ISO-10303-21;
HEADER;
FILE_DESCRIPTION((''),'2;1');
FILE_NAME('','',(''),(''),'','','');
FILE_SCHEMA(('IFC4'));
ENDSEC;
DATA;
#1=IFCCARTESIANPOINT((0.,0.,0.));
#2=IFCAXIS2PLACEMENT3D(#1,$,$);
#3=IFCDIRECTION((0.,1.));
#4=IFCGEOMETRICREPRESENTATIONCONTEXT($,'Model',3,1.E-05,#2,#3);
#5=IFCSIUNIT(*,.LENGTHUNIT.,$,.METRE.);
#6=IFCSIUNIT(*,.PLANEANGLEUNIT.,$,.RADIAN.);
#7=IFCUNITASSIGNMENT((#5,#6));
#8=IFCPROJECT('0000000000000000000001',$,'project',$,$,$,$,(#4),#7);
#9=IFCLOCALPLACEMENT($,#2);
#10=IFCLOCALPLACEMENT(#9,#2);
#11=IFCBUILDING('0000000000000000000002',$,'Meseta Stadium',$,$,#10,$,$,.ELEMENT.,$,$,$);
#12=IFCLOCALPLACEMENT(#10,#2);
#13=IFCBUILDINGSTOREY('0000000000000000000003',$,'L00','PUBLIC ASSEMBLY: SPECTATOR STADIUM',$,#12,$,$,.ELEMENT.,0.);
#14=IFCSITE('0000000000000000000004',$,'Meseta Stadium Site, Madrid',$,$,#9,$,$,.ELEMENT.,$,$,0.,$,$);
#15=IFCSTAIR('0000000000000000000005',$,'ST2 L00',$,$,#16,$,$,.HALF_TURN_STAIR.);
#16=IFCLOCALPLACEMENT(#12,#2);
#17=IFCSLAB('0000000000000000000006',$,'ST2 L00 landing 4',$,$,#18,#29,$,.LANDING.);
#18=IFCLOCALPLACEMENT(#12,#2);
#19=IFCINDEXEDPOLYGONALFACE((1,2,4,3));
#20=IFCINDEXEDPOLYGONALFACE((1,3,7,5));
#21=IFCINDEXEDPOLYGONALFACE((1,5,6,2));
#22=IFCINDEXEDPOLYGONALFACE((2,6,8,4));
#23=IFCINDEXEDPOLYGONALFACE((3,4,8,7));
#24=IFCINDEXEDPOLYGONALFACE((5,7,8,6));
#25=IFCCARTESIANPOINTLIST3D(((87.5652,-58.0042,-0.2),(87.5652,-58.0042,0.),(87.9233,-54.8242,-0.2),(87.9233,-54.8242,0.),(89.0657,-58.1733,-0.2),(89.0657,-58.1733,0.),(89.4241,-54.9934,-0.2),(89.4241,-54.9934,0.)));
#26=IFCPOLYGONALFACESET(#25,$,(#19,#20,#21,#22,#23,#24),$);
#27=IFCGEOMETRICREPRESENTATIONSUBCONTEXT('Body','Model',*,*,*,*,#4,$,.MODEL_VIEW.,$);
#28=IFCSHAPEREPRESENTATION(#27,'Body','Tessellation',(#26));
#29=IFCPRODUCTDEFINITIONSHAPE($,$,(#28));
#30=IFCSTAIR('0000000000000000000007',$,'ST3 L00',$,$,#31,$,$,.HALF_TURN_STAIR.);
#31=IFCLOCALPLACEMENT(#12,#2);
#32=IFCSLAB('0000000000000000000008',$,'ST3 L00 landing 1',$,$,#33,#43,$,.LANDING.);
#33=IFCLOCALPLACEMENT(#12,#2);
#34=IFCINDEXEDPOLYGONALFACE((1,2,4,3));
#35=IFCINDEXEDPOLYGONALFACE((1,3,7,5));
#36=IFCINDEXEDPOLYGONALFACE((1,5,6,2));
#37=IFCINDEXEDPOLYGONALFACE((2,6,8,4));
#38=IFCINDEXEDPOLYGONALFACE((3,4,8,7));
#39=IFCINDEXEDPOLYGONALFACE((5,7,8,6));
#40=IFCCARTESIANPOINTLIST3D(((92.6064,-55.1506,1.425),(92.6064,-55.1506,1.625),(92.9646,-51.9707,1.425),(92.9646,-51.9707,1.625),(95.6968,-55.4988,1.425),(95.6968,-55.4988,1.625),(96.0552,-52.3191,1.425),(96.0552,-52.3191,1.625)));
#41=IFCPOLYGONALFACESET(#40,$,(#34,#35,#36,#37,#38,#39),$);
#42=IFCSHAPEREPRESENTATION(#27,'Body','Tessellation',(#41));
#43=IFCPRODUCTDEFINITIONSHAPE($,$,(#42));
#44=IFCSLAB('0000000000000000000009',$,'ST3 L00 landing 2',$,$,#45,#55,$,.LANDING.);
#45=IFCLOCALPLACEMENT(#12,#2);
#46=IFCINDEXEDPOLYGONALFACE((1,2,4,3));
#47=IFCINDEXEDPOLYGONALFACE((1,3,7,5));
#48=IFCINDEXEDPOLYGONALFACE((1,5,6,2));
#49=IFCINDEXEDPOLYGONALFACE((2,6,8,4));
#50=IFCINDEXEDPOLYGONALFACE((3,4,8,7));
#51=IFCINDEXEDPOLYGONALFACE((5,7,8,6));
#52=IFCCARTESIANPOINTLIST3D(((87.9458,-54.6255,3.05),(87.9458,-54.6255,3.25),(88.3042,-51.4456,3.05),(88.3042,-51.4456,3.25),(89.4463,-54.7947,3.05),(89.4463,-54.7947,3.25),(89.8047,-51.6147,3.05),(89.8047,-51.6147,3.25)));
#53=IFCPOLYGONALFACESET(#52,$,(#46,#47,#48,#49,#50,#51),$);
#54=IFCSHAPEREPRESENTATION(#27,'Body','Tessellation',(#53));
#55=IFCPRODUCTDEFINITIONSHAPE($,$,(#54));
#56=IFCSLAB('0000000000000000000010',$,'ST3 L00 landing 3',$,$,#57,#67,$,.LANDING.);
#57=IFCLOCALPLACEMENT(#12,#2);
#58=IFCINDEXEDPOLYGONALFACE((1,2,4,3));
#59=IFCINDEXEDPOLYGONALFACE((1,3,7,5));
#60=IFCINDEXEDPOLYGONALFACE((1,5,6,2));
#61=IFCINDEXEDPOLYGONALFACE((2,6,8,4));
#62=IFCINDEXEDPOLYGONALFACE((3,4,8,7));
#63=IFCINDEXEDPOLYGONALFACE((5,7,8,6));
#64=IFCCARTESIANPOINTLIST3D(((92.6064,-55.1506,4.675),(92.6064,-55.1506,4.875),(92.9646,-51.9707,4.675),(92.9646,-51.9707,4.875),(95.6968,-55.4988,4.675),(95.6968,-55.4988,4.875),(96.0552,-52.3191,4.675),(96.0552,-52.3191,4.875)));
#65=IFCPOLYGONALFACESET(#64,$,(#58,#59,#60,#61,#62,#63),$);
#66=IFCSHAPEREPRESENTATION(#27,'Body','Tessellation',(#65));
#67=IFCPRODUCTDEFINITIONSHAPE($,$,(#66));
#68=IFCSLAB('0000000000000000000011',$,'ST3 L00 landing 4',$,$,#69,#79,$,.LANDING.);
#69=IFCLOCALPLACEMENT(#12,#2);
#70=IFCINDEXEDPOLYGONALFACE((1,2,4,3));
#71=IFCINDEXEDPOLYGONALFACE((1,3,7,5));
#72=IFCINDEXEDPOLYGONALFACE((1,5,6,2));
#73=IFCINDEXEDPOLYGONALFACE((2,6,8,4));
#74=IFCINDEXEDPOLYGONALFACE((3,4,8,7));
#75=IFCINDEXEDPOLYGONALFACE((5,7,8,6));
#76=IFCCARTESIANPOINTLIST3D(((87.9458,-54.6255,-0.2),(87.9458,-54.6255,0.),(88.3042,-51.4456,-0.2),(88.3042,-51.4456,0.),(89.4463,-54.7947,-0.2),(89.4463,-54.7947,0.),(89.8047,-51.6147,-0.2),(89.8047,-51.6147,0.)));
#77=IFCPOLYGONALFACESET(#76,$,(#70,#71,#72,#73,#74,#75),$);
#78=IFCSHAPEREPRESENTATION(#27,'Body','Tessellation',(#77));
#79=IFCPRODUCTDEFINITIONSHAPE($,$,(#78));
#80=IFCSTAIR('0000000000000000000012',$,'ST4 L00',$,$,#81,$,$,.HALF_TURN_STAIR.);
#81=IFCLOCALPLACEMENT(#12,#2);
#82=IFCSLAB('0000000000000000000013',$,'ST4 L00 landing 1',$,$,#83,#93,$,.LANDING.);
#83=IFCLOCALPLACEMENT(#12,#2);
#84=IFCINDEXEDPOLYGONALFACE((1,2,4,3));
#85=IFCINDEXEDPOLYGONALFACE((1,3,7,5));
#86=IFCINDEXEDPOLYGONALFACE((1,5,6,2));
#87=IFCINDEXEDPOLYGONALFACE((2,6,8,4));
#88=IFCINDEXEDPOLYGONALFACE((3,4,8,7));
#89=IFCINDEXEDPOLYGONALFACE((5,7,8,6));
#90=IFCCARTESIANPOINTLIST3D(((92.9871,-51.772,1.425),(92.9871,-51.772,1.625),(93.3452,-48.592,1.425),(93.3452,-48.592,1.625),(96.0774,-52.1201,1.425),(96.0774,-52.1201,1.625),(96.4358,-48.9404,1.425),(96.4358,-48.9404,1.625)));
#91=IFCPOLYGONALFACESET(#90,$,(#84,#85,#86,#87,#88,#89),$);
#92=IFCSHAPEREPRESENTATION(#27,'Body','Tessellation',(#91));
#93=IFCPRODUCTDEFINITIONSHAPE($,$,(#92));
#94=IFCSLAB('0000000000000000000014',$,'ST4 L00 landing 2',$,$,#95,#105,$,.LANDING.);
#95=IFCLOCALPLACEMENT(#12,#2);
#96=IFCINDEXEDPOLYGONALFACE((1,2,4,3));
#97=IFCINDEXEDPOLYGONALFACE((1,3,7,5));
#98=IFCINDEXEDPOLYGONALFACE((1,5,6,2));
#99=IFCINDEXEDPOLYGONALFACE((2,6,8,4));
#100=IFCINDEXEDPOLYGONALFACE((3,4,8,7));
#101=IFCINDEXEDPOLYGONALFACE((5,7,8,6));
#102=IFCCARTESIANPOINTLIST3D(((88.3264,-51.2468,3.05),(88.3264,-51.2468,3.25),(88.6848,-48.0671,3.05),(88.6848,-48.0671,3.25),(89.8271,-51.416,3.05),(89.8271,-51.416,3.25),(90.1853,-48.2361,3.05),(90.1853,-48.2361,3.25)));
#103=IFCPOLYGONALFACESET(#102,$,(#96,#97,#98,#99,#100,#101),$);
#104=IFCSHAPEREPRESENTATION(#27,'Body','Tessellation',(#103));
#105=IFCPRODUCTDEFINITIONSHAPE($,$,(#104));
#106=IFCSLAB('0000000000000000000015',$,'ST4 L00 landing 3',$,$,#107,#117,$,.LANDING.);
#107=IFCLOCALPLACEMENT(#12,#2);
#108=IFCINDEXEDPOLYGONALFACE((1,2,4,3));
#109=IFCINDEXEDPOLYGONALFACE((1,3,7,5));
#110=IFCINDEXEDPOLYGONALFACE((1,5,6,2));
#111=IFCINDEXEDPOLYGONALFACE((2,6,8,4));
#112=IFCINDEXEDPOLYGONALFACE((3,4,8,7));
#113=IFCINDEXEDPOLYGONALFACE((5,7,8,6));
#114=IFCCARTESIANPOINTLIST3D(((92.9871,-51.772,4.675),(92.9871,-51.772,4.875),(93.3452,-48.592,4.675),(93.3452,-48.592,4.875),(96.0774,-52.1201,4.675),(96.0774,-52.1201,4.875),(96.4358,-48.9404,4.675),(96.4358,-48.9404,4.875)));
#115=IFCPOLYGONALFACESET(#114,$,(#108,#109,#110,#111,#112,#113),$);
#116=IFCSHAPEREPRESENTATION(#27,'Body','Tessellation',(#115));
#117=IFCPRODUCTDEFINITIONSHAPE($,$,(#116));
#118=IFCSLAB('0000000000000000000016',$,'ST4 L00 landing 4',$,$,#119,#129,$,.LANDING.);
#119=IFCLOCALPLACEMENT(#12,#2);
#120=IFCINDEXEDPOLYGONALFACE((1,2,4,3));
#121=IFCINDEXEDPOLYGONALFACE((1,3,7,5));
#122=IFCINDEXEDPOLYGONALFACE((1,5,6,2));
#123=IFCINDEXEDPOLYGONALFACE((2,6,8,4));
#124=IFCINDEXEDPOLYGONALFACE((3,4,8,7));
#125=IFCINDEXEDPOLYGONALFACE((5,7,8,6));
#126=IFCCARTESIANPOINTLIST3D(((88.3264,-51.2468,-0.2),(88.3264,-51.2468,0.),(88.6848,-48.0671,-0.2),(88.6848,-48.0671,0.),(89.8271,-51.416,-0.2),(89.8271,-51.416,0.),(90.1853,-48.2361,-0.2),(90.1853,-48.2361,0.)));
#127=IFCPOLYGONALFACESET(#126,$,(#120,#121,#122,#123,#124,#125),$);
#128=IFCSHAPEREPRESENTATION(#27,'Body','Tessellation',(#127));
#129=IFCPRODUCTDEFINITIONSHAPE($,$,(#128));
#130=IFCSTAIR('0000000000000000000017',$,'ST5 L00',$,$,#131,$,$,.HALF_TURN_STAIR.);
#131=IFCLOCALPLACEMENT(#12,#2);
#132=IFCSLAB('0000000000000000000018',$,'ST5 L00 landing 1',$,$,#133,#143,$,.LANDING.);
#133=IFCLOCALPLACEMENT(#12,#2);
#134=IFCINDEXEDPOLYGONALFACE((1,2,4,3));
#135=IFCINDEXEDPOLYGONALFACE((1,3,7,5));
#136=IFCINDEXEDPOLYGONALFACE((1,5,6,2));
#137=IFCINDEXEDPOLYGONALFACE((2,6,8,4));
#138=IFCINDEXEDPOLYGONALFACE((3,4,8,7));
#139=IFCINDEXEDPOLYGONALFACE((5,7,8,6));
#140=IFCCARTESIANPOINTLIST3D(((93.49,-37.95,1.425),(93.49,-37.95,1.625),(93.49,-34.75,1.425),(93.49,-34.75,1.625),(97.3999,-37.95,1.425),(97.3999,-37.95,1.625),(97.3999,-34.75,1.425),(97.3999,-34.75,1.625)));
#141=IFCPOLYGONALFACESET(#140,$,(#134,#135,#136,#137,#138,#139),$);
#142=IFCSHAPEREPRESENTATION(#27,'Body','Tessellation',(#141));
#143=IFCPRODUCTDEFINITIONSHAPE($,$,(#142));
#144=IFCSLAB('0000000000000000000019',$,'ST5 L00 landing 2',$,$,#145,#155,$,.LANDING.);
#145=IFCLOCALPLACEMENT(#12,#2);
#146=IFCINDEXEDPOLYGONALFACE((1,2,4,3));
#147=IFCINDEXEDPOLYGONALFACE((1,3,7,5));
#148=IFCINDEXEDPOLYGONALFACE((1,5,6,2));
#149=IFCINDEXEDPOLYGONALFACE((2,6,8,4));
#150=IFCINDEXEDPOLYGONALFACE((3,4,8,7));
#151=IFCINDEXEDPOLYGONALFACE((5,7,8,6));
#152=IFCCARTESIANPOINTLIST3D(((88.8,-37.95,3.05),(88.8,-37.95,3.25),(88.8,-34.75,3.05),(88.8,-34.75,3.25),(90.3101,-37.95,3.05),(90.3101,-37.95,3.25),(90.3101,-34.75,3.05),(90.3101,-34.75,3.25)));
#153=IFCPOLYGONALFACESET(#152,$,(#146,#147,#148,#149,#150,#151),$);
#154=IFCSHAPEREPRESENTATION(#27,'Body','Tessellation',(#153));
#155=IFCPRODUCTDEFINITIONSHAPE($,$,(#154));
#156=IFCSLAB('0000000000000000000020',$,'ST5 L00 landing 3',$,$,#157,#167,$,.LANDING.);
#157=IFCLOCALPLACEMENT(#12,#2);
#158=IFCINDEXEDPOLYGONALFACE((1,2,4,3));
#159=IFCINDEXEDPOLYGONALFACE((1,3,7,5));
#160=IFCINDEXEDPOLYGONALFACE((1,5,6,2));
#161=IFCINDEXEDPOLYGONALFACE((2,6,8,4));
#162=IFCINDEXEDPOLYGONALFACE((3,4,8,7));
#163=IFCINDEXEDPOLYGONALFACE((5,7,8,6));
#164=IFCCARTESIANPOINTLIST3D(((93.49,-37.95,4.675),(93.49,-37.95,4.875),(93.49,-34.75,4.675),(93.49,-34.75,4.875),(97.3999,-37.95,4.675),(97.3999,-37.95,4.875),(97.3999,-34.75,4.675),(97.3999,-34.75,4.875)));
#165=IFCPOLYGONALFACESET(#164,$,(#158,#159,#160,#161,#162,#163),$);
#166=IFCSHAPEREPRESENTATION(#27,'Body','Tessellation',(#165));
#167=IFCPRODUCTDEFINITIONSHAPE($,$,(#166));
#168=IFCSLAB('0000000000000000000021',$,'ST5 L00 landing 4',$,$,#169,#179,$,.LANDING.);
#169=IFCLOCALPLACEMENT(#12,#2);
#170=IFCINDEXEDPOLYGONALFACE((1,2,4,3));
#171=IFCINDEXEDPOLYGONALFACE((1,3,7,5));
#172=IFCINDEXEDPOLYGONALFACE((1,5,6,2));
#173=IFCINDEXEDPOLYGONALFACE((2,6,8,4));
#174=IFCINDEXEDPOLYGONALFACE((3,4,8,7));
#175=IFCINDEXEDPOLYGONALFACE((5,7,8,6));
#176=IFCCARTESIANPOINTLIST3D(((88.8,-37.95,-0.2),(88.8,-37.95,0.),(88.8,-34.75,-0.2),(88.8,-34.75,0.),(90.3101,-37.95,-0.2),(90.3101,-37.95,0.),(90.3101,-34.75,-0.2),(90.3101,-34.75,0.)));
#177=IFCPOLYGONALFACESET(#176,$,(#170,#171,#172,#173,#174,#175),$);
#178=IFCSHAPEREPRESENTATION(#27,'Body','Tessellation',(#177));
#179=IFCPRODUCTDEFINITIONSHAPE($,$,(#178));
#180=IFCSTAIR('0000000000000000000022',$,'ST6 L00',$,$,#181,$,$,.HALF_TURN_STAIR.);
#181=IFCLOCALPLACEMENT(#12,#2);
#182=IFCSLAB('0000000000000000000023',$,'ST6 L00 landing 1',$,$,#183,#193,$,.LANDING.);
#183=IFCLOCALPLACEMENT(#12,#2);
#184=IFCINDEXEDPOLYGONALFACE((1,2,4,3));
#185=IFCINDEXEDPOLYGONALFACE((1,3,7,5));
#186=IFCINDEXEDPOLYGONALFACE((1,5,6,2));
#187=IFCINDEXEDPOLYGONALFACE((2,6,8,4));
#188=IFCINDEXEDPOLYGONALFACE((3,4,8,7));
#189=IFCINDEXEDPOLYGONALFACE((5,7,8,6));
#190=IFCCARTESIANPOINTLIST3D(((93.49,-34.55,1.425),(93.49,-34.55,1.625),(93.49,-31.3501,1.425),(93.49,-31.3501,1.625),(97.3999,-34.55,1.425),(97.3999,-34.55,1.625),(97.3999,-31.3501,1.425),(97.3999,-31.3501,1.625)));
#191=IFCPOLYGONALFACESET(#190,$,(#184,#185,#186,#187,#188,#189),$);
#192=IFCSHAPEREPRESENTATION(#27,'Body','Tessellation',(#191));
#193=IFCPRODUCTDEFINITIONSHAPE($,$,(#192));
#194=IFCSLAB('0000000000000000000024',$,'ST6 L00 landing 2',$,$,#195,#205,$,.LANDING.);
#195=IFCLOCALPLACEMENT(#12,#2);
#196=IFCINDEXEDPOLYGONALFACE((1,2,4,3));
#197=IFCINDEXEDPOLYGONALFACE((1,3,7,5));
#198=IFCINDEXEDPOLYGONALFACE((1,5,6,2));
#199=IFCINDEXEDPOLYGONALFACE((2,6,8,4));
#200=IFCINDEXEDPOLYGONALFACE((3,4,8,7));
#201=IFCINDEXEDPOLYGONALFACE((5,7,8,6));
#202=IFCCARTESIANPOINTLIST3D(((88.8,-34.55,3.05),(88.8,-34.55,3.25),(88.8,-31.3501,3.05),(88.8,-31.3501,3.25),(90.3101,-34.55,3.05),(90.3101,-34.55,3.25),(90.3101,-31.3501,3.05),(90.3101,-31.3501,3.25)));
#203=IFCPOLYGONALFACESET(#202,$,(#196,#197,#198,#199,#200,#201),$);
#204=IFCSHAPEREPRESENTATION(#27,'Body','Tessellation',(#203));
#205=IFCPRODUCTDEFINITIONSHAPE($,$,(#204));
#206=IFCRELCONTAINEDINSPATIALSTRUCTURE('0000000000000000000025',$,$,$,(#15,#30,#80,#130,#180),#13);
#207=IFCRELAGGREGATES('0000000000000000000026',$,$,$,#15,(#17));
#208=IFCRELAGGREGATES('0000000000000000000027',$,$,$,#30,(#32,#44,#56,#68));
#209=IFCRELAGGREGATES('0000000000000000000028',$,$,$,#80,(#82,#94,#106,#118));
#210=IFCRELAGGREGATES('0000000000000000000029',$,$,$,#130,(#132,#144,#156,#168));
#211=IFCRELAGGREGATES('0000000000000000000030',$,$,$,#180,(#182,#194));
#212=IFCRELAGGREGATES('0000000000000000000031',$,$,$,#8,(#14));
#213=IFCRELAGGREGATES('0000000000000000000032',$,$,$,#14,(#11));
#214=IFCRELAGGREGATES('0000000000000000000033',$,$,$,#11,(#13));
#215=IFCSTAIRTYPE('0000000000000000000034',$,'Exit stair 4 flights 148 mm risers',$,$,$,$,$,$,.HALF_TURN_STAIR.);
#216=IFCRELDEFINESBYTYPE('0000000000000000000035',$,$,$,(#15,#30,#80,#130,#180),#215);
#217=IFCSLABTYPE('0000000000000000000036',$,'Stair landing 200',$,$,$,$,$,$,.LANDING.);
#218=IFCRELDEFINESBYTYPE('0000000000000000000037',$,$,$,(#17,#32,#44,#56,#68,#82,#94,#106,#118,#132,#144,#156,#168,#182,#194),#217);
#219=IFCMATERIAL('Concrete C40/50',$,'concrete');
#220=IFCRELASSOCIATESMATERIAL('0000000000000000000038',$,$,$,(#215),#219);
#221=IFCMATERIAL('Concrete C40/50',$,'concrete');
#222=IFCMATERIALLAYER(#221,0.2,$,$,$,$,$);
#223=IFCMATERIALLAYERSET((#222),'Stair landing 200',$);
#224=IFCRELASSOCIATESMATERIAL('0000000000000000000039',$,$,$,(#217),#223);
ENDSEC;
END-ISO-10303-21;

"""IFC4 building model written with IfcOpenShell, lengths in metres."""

from ifc_helpers import new_model, si_unit, direction, frame, origin, place, context, subcontext, project, spatial, polyline, outline, extrude, material, layer, layer_set, type_object, element, aggregate, save


model = new_model("IFC4")

# Units and contexts
model_context = context("Model", 3, precision=1e-05, world=origin(), true_north=direction((0.0, 1.0)))
body_context = subcontext(model_context, "Body", "Model", "MODEL_VIEW")
ifc_project = project(units=[si_unit("LENGTHUNIT", "METRE"), si_unit("PLANEANGLEUNIT", "RADIAN")], contexts=[model_context])

# Site, building, storey
site_placement = place(None, origin())
site = spatial("IfcSite", under=ifc_project, at=site_placement, Name="Meseta Stadium Site, Madrid", CompositionType="ELEMENT", RefElevation=0.0)
building_placement = place(site_placement, origin())
building = spatial("IfcBuilding", under=site, at=building_placement, Name="Meseta Stadium", CompositionType="ELEMENT")
storey_placement = place(building_placement, origin())
storey = spatial("IfcBuildingStorey", under=building, at=storey_placement, Name="L00", Description="PUBLIC ASSEMBLY: SPECTATOR STADIUM", CompositionType="ELEMENT", Elevation=0.0)

# Stair, slab
ifc_material_1 = material(Name="Concrete C40/50", Category="concrete")
stair_type = type_object("IfcStairType", Name="Exit stair 4 flights 148 mm risers", PredefinedType="HALF_TURN_STAIR", material=ifc_material_1)
stair_1_placement = place(storey_placement, origin())
stair_1 = element("IfcStair", 1, at=stair_1_placement, inside=storey, type_object=stair_type, Name="ST2 L00", PredefinedType="HALF_TURN_STAIR")
ifc_material_2 = material(Name="Concrete C40/50", Category="concrete")
ifc_layer = layer(ifc_material_2, 0.2)
ifc_layer_set = layer_set([ifc_layer], Name="Stair landing 200")
slab_type = type_object("IfcSlabType", Name="Stair landing 200", PredefinedType="LANDING", material=ifc_layer_set)
slab_1_placement = place(storey_placement, frame((0.0, 0.0, -0.2)))
slab_1 = element("IfcSlab", 2, at=slab_1_placement, type_object=slab_type, Name="ST2 L00 landing 4", PredefinedType="LANDING", context=body_context, shape_type="SweptSolid", body=[
    extrude(outline(polyline([(87.5652, -58.0042), (89.0657, -58.1733), (89.4241, -54.9934), (87.9233, -54.8242), (87.5652, -58.0042)])), origin(), (0.0, 0.0, 1.0), 0.2),
])
aggregate(stair_1, [slab_1])

# Stairs, slabs
stair_2_placement = place(storey_placement, origin())
stair_2 = element("IfcStair", 3, at=stair_2_placement, inside=storey, type_object=stair_type, Name="ST3 L00", PredefinedType="HALF_TURN_STAIR")
slab_2_placement = place(storey_placement, frame((0.0, 0.0, 1.425)))
slab_2 = element("IfcSlab", 4, at=slab_2_placement, type_object=slab_type, Name="ST3 L00 landing 1", PredefinedType="LANDING", context=body_context, shape_type="SweptSolid", body=[
    extrude(outline(polyline([(92.6064, -55.1506), (95.6968, -55.4988), (96.0552, -52.3191), (92.9646, -51.9707), (92.6064, -55.1506)])), origin(), (0.0, 0.0, 1.0), 0.2),
])
slab_3_placement = place(storey_placement, frame((0.0, 0.0, 3.05)))
slab_3 = element("IfcSlab", 5, at=slab_3_placement, type_object=slab_type, Name="ST3 L00 landing 2", PredefinedType="LANDING", context=body_context, shape_type="SweptSolid", body=[
    extrude(outline(polyline([(87.9458, -54.6255), (89.4463, -54.7947), (89.8047, -51.6147), (88.3042, -51.4456), (87.9458, -54.6255)])), origin(), (0.0, 0.0, 1.0), 0.2),
])
slab_4_placement = place(storey_placement, frame((0.0, 0.0, 4.675)))
slab_4 = element("IfcSlab", 6, at=slab_4_placement, type_object=slab_type, Name="ST3 L00 landing 3", PredefinedType="LANDING", context=body_context, shape_type="SweptSolid", body=[
    extrude(outline(polyline([(92.6064, -55.1506), (95.6968, -55.4988), (96.0552, -52.3191), (92.9646, -51.9707), (92.6064, -55.1506)])), origin(), (0.0, 0.0, 1.0), 0.2),
])
slab_5_placement = place(storey_placement, frame((0.0, 0.0, -0.2)))
slab_5 = element("IfcSlab", 7, at=slab_5_placement, type_object=slab_type, Name="ST3 L00 landing 4", PredefinedType="LANDING", context=body_context, shape_type="SweptSolid", body=[
    extrude(outline(polyline([(87.9458, -54.6255), (89.4463, -54.7947), (89.8047, -51.6147), (88.3042, -51.4456), (87.9458, -54.6255)])), origin(), (0.0, 0.0, 1.0), 0.2),
])
aggregate(stair_2, [slab_2, slab_3, slab_4, slab_5])
stair_3_placement = place(storey_placement, origin())
stair_3 = element("IfcStair", 8, at=stair_3_placement, inside=storey, type_object=stair_type, Name="ST4 L00", PredefinedType="HALF_TURN_STAIR")
slab_6_placement = place(storey_placement, frame((0.0, 0.0, 1.425)))
slab_6 = element("IfcSlab", 9, at=slab_6_placement, type_object=slab_type, Name="ST4 L00 landing 1", PredefinedType="LANDING", context=body_context, shape_type="SweptSolid", body=[
    extrude(outline(polyline([(92.9871, -51.772), (96.0774, -52.1201), (96.4358, -48.9404), (93.3452, -48.592), (92.9871, -51.772)])), origin(), (0.0, 0.0, 1.0), 0.2),
])
slab_7_placement = place(storey_placement, frame((0.0, 0.0, 3.05)))
slab_7 = element("IfcSlab", 10, at=slab_7_placement, type_object=slab_type, Name="ST4 L00 landing 2", PredefinedType="LANDING", context=body_context, shape_type="SweptSolid", body=[
    extrude(outline(polyline([(88.3264, -51.2468), (89.8271, -51.416), (90.1853, -48.2361), (88.6848, -48.0671), (88.3264, -51.2468)])), origin(), (0.0, 0.0, 1.0), 0.2),
])
slab_8_placement = place(storey_placement, frame((0.0, 0.0, 4.675)))
slab_8 = element("IfcSlab", 11, at=slab_8_placement, type_object=slab_type, Name="ST4 L00 landing 3", PredefinedType="LANDING", context=body_context, shape_type="SweptSolid", body=[
    extrude(outline(polyline([(92.9871, -51.772), (96.0774, -52.1201), (96.4358, -48.9404), (93.3452, -48.592), (92.9871, -51.772)])), origin(), (0.0, 0.0, 1.0), 0.2),
])
slab_9_placement = place(storey_placement, frame((0.0, 0.0, -0.2)))
slab_9 = element("IfcSlab", 12, at=slab_9_placement, type_object=slab_type, Name="ST4 L00 landing 4", PredefinedType="LANDING", context=body_context, shape_type="SweptSolid", body=[
    extrude(outline(polyline([(88.3264, -51.2468), (89.8271, -51.416), (90.1853, -48.2361), (88.6848, -48.0671), (88.3264, -51.2468)])), origin(), (0.0, 0.0, 1.0), 0.2),
])
aggregate(stair_3, [slab_6, slab_7, slab_8, slab_9])
stair_4_placement = place(storey_placement, origin())
stair_4 = element("IfcStair", 13, at=stair_4_placement, inside=storey, type_object=stair_type, Name="ST5 L00", PredefinedType="HALF_TURN_STAIR")
slab_10_placement = place(storey_placement, frame((0.0, 0.0, 1.425)))
slab_10 = element("IfcSlab", 14, at=slab_10_placement, type_object=slab_type, Name="ST5 L00 landing 1", PredefinedType="LANDING", context=body_context, shape_type="SweptSolid", body=[
    extrude(outline(polyline([(93.49, -37.95), (97.3999, -37.95), (97.3999, -34.75), (93.49, -34.75), (93.49, -37.95)])), origin(), (0.0, 0.0, 1.0), 0.2),
])
slab_11_placement = place(storey_placement, frame((0.0, 0.0, 3.05)))
slab_11 = element("IfcSlab", 15, at=slab_11_placement, type_object=slab_type, Name="ST5 L00 landing 2", PredefinedType="LANDING", context=body_context, shape_type="SweptSolid", body=[
    extrude(outline(polyline([(88.8, -37.95), (90.3101, -37.95), (90.3101, -34.75), (88.8, -34.75), (88.8, -37.95)])), origin(), (0.0, 0.0, 1.0), 0.2),
])
slab_12_placement = place(storey_placement, frame((0.0, 0.0, 4.675)))
slab_12 = element("IfcSlab", 16, at=slab_12_placement, type_object=slab_type, Name="ST5 L00 landing 3", PredefinedType="LANDING", context=body_context, shape_type="SweptSolid", body=[
    extrude(outline(polyline([(93.49, -37.95), (97.3999, -37.95), (97.3999, -34.75), (93.49, -34.75), (93.49, -37.95)])), origin(), (0.0, 0.0, 1.0), 0.2),
])
slab_13_placement = place(storey_placement, frame((0.0, 0.0, -0.2)))
slab_13 = element("IfcSlab", 17, at=slab_13_placement, type_object=slab_type, Name="ST5 L00 landing 4", PredefinedType="LANDING", context=body_context, shape_type="SweptSolid", body=[
    extrude(outline(polyline([(88.8, -37.95), (90.3101, -37.95), (90.3101, -34.75), (88.8, -34.75), (88.8, -37.95)])), origin(), (0.0, 0.0, 1.0), 0.2),
])
aggregate(stair_4, [slab_10, slab_11, slab_12, slab_13])
stair_5_placement = place(storey_placement, origin())
stair_5 = element("IfcStair", 18, at=stair_5_placement, inside=storey, type_object=stair_type, Name="ST6 L00", PredefinedType="HALF_TURN_STAIR")
slab_14_placement = place(storey_placement, frame((0.0, 0.0, 1.425)))
slab_14 = element("IfcSlab", 19, at=slab_14_placement, type_object=slab_type, Name="ST6 L00 landing 1", PredefinedType="LANDING", context=body_context, shape_type="SweptSolid", body=[
    extrude(outline(polyline([(93.49, -34.55), (97.3999, -34.55), (97.3999, -31.3501), (93.49, -31.3501), (93.49, -34.55)])), origin(), (0.0, 0.0, 1.0), 0.2),
])
slab_15_placement = place(storey_placement, frame((0.0, 0.0, 3.05)))
slab_15 = element("IfcSlab", 20, at=slab_15_placement, type_object=slab_type, Name="ST6 L00 landing 2", PredefinedType="LANDING", context=body_context, shape_type="SweptSolid", body=[
    extrude(outline(polyline([(88.8, -34.55), (90.3101, -34.55), (90.3101, -31.3501), (88.8, -31.3501), (88.8, -34.55)])), origin(), (0.0, 0.0, 1.0), 0.2),
])
aggregate(stair_5, [slab_14, slab_15])

save(model, "model.ifc")
